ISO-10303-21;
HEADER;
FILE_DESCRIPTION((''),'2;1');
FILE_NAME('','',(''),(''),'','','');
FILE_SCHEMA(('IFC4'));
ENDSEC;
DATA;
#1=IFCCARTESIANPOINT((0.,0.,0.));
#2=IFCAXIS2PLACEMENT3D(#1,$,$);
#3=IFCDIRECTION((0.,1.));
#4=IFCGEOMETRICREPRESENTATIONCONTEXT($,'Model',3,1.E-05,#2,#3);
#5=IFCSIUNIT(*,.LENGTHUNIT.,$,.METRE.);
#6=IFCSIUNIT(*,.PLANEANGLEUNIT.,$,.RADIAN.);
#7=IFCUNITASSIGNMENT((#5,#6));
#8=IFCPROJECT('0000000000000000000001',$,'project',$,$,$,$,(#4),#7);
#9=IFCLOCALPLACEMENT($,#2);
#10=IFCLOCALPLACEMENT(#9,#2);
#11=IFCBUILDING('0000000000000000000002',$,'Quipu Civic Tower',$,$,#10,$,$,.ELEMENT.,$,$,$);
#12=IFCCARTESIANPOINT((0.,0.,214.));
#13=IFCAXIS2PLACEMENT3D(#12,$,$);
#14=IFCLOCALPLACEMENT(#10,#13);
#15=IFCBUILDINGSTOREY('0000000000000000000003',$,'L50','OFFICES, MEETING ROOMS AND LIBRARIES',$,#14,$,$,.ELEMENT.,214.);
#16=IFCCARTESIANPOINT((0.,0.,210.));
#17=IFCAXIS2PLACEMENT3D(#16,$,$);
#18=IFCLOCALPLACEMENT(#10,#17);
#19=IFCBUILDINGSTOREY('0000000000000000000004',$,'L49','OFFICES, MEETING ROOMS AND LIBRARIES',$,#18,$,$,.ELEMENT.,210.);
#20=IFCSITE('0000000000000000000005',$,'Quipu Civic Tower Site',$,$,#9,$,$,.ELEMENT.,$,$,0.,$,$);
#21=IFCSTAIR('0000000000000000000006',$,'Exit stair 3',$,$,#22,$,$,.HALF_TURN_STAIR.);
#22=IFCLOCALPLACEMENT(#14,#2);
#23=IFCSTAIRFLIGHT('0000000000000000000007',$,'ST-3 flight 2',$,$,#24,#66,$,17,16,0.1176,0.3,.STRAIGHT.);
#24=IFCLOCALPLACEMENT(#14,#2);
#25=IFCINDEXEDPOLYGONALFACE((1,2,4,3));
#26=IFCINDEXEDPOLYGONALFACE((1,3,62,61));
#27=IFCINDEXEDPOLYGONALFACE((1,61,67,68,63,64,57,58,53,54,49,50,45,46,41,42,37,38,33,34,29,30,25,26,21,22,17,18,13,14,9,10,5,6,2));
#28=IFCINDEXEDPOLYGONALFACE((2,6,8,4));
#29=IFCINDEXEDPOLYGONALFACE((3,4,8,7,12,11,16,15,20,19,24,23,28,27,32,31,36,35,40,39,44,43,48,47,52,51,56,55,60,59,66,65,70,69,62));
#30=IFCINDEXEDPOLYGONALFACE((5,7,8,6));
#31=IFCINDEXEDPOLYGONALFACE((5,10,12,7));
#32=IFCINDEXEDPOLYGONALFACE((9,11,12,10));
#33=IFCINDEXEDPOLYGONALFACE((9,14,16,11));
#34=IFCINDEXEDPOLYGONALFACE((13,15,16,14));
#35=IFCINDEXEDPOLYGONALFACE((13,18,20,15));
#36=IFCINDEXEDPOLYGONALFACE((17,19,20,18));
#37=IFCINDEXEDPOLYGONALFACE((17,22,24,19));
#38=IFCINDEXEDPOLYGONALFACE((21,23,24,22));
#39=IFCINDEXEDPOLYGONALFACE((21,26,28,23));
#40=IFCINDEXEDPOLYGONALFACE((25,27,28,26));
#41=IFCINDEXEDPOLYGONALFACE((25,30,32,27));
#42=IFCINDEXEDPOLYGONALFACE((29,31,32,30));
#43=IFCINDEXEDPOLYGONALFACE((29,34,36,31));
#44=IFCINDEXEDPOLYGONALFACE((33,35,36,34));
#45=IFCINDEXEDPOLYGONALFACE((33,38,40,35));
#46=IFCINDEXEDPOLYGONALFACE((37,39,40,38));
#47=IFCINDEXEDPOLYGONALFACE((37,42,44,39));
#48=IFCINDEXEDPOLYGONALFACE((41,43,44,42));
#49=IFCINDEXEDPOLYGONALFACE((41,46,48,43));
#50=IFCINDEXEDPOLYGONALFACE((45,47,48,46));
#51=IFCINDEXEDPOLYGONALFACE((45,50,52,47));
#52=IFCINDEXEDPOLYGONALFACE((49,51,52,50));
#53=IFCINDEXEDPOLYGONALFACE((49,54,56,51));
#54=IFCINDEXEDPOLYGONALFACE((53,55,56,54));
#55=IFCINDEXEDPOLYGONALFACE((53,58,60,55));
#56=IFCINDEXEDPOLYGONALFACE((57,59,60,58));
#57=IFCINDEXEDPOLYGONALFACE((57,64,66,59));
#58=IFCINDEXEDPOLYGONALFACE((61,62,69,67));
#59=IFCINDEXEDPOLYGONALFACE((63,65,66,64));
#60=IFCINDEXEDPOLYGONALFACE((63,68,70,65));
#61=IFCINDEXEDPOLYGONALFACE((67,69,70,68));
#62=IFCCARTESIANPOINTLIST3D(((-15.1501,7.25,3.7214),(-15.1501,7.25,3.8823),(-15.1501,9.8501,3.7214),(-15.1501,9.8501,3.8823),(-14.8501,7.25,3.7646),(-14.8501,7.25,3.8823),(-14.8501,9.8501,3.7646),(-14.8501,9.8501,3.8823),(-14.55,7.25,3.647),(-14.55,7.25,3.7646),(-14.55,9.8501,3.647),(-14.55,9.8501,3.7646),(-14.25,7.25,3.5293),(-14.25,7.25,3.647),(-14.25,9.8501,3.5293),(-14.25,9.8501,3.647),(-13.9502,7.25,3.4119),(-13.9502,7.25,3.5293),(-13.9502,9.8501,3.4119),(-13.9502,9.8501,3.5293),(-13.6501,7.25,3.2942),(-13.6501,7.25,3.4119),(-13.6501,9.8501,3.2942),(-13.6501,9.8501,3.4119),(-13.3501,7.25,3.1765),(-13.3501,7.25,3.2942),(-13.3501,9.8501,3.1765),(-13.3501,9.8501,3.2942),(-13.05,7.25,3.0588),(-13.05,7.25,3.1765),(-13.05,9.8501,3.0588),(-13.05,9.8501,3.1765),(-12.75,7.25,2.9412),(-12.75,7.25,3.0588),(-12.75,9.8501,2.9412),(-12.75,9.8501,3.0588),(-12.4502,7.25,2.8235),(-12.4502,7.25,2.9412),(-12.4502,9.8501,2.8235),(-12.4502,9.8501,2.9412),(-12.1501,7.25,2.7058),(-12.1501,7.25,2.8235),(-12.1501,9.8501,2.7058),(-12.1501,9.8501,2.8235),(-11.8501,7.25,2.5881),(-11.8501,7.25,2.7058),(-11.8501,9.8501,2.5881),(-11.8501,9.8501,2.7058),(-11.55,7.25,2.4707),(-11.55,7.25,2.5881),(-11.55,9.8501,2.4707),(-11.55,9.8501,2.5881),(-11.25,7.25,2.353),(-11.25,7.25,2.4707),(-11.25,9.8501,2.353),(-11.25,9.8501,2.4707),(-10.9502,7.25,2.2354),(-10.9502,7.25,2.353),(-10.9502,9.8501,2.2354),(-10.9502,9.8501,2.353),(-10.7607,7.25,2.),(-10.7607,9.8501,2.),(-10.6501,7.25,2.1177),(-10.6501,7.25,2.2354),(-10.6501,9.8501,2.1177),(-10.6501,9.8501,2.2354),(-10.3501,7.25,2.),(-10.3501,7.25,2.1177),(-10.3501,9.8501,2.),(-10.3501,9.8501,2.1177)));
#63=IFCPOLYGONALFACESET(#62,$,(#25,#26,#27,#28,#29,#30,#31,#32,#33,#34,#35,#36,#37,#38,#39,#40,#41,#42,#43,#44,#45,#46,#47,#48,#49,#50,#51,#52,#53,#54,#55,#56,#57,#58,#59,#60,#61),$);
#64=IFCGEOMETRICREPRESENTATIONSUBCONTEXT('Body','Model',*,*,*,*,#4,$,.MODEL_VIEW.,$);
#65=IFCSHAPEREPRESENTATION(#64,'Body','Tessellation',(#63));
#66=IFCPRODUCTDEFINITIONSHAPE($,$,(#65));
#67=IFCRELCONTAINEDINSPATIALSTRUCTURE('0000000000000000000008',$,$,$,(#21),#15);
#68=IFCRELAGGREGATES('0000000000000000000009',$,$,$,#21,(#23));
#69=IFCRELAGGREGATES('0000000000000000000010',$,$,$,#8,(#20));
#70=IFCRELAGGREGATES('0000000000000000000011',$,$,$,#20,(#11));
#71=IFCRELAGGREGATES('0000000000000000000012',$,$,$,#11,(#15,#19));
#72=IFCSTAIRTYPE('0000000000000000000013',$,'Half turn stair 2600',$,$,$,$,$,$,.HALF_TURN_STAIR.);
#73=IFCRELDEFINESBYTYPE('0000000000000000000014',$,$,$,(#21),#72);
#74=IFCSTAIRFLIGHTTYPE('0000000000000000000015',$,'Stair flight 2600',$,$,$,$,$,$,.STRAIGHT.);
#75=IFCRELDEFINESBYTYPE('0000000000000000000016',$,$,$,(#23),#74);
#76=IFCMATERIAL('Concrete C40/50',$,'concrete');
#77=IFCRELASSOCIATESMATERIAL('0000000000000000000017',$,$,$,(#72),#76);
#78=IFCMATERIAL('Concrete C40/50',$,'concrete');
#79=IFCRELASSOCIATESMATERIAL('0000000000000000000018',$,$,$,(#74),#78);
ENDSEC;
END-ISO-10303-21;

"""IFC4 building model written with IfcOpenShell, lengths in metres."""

from ifc_helpers import new_model, si_unit, direction, frame, origin, place, context, subcontext, project, spatial, polyline, outline, extrude, material, type_object, element, aggregate, save


model = new_model("IFC4")

# Units and contexts
model_context = context("Model", 3, precision=1e-05, world=origin(), true_north=direction((0.0, 1.0)))
body_context = subcontext(model_context, "Body", "Model", "MODEL_VIEW")
ifc_project = project(units=[si_unit("LENGTHUNIT", "METRE"), si_unit("PLANEANGLEUNIT", "RADIAN")], contexts=[model_context])

# Site, building, storey
site_placement = place(None, origin())
site = spatial("IfcSite", under=ifc_project, at=site_placement, Name="Quipu Civic Tower Site", CompositionType="ELEMENT", RefElevation=0.0)
building_placement = place(site_placement, origin())
building = spatial("IfcBuilding", under=site, at=building_placement, Name="Quipu Civic Tower", CompositionType="ELEMENT")
storey_1_placement = place(building_placement, frame((0.0, 0.0, 214.0)))
storey_1 = spatial("IfcBuildingStorey", under=building, at=storey_1_placement, Name="L50", Description="OFFICES, MEETING ROOMS AND LIBRARIES", CompositionType="ELEMENT", Elevation=214.0)

# Shared definitions
storey_2_placement = place(building_placement, frame((0.0, 0.0, 210.0)))
storey_2 = spatial("IfcBuildingStorey", under=building, at=storey_2_placement, Name="L49", Description="OFFICES, MEETING ROOMS AND LIBRARIES", CompositionType="ELEMENT", Elevation=210.0)

# Stair, stair flight
ifc_material_1 = material(Name="Concrete C40/50", Category="concrete")
stair_type = type_object("IfcStairType", Name="Half turn stair 2600", PredefinedType="HALF_TURN_STAIR", material=ifc_material_1)
stair_placement = place(storey_1_placement, origin())
stair = element("IfcStair", 1, at=stair_placement, inside=storey_1, type_object=stair_type, Name="Exit stair 3", PredefinedType="HALF_TURN_STAIR")
ifc_material_2 = material(Name="Concrete C40/50", Category="concrete")
stair_flight_type = type_object("IfcStairFlightType", Name="Stair flight 2600", PredefinedType="STRAIGHT", material=ifc_material_2)
stair_flight_1_placement = place(storey_1_placement, frame((-10.3501, 8.55, 2.0), z_axis=(0.0, 0.0, 1.0), x_axis=(-1.0, 0.0, 0.0)))
stair_flight_1 = element("IfcStairFlight", 2, at=stair_flight_1_placement, type_object=stair_flight_type, Name="ST-3 flight 2", NumberOfRisers=17, NumberOfTreads=16, PredefinedType="STRAIGHT", RiserHeight=0.1176, TreadLength=0.3, context=body_context, shape_type="SweptSolid", body=[
    extrude(outline(polyline([(0.0, 0.0), (0.0, 0.1177), (0.3, 0.1177), (0.3, 0.2354), (0.6001, 0.2354), (0.6001, 0.353), (0.8999, 0.353), (0.8999, 0.4707), (1.2, 0.4707), (1.2, 0.5881), (1.5, 0.5881), (1.5, 0.7058), (1.8, 0.7058), (1.8, 0.8235), (2.1001, 0.8235), (2.1001, 0.9412), (2.3999, 0.9412), (2.3999, 1.0588), (2.7, 1.0588), (2.7, 1.1765), (3.0, 1.1765), (3.0, 1.2942), (3.3, 1.2942), (3.3, 1.4119), (3.6001, 1.4119), (3.6001, 1.5293), (3.8999, 1.5293), (3.8999, 1.647), (4.2, 1.647), (4.2, 1.7646), (4.5, 1.7646), (4.5, 1.8823), (4.8, 1.8823), (4.8, 2.0), (4.8, 1.7214), (0.4106, 0.0), (0.0, 0.0)])), frame((0.0, 1.3, 0.0), z_axis=(0.0, -1.0, 0.0), x_axis=(1.0, 0.0, 0.0)), (0.0, 0.0, 1.0), 2.6001),
])
aggregate(stair, [stair_flight_1])

save(model, "model.ifc")
